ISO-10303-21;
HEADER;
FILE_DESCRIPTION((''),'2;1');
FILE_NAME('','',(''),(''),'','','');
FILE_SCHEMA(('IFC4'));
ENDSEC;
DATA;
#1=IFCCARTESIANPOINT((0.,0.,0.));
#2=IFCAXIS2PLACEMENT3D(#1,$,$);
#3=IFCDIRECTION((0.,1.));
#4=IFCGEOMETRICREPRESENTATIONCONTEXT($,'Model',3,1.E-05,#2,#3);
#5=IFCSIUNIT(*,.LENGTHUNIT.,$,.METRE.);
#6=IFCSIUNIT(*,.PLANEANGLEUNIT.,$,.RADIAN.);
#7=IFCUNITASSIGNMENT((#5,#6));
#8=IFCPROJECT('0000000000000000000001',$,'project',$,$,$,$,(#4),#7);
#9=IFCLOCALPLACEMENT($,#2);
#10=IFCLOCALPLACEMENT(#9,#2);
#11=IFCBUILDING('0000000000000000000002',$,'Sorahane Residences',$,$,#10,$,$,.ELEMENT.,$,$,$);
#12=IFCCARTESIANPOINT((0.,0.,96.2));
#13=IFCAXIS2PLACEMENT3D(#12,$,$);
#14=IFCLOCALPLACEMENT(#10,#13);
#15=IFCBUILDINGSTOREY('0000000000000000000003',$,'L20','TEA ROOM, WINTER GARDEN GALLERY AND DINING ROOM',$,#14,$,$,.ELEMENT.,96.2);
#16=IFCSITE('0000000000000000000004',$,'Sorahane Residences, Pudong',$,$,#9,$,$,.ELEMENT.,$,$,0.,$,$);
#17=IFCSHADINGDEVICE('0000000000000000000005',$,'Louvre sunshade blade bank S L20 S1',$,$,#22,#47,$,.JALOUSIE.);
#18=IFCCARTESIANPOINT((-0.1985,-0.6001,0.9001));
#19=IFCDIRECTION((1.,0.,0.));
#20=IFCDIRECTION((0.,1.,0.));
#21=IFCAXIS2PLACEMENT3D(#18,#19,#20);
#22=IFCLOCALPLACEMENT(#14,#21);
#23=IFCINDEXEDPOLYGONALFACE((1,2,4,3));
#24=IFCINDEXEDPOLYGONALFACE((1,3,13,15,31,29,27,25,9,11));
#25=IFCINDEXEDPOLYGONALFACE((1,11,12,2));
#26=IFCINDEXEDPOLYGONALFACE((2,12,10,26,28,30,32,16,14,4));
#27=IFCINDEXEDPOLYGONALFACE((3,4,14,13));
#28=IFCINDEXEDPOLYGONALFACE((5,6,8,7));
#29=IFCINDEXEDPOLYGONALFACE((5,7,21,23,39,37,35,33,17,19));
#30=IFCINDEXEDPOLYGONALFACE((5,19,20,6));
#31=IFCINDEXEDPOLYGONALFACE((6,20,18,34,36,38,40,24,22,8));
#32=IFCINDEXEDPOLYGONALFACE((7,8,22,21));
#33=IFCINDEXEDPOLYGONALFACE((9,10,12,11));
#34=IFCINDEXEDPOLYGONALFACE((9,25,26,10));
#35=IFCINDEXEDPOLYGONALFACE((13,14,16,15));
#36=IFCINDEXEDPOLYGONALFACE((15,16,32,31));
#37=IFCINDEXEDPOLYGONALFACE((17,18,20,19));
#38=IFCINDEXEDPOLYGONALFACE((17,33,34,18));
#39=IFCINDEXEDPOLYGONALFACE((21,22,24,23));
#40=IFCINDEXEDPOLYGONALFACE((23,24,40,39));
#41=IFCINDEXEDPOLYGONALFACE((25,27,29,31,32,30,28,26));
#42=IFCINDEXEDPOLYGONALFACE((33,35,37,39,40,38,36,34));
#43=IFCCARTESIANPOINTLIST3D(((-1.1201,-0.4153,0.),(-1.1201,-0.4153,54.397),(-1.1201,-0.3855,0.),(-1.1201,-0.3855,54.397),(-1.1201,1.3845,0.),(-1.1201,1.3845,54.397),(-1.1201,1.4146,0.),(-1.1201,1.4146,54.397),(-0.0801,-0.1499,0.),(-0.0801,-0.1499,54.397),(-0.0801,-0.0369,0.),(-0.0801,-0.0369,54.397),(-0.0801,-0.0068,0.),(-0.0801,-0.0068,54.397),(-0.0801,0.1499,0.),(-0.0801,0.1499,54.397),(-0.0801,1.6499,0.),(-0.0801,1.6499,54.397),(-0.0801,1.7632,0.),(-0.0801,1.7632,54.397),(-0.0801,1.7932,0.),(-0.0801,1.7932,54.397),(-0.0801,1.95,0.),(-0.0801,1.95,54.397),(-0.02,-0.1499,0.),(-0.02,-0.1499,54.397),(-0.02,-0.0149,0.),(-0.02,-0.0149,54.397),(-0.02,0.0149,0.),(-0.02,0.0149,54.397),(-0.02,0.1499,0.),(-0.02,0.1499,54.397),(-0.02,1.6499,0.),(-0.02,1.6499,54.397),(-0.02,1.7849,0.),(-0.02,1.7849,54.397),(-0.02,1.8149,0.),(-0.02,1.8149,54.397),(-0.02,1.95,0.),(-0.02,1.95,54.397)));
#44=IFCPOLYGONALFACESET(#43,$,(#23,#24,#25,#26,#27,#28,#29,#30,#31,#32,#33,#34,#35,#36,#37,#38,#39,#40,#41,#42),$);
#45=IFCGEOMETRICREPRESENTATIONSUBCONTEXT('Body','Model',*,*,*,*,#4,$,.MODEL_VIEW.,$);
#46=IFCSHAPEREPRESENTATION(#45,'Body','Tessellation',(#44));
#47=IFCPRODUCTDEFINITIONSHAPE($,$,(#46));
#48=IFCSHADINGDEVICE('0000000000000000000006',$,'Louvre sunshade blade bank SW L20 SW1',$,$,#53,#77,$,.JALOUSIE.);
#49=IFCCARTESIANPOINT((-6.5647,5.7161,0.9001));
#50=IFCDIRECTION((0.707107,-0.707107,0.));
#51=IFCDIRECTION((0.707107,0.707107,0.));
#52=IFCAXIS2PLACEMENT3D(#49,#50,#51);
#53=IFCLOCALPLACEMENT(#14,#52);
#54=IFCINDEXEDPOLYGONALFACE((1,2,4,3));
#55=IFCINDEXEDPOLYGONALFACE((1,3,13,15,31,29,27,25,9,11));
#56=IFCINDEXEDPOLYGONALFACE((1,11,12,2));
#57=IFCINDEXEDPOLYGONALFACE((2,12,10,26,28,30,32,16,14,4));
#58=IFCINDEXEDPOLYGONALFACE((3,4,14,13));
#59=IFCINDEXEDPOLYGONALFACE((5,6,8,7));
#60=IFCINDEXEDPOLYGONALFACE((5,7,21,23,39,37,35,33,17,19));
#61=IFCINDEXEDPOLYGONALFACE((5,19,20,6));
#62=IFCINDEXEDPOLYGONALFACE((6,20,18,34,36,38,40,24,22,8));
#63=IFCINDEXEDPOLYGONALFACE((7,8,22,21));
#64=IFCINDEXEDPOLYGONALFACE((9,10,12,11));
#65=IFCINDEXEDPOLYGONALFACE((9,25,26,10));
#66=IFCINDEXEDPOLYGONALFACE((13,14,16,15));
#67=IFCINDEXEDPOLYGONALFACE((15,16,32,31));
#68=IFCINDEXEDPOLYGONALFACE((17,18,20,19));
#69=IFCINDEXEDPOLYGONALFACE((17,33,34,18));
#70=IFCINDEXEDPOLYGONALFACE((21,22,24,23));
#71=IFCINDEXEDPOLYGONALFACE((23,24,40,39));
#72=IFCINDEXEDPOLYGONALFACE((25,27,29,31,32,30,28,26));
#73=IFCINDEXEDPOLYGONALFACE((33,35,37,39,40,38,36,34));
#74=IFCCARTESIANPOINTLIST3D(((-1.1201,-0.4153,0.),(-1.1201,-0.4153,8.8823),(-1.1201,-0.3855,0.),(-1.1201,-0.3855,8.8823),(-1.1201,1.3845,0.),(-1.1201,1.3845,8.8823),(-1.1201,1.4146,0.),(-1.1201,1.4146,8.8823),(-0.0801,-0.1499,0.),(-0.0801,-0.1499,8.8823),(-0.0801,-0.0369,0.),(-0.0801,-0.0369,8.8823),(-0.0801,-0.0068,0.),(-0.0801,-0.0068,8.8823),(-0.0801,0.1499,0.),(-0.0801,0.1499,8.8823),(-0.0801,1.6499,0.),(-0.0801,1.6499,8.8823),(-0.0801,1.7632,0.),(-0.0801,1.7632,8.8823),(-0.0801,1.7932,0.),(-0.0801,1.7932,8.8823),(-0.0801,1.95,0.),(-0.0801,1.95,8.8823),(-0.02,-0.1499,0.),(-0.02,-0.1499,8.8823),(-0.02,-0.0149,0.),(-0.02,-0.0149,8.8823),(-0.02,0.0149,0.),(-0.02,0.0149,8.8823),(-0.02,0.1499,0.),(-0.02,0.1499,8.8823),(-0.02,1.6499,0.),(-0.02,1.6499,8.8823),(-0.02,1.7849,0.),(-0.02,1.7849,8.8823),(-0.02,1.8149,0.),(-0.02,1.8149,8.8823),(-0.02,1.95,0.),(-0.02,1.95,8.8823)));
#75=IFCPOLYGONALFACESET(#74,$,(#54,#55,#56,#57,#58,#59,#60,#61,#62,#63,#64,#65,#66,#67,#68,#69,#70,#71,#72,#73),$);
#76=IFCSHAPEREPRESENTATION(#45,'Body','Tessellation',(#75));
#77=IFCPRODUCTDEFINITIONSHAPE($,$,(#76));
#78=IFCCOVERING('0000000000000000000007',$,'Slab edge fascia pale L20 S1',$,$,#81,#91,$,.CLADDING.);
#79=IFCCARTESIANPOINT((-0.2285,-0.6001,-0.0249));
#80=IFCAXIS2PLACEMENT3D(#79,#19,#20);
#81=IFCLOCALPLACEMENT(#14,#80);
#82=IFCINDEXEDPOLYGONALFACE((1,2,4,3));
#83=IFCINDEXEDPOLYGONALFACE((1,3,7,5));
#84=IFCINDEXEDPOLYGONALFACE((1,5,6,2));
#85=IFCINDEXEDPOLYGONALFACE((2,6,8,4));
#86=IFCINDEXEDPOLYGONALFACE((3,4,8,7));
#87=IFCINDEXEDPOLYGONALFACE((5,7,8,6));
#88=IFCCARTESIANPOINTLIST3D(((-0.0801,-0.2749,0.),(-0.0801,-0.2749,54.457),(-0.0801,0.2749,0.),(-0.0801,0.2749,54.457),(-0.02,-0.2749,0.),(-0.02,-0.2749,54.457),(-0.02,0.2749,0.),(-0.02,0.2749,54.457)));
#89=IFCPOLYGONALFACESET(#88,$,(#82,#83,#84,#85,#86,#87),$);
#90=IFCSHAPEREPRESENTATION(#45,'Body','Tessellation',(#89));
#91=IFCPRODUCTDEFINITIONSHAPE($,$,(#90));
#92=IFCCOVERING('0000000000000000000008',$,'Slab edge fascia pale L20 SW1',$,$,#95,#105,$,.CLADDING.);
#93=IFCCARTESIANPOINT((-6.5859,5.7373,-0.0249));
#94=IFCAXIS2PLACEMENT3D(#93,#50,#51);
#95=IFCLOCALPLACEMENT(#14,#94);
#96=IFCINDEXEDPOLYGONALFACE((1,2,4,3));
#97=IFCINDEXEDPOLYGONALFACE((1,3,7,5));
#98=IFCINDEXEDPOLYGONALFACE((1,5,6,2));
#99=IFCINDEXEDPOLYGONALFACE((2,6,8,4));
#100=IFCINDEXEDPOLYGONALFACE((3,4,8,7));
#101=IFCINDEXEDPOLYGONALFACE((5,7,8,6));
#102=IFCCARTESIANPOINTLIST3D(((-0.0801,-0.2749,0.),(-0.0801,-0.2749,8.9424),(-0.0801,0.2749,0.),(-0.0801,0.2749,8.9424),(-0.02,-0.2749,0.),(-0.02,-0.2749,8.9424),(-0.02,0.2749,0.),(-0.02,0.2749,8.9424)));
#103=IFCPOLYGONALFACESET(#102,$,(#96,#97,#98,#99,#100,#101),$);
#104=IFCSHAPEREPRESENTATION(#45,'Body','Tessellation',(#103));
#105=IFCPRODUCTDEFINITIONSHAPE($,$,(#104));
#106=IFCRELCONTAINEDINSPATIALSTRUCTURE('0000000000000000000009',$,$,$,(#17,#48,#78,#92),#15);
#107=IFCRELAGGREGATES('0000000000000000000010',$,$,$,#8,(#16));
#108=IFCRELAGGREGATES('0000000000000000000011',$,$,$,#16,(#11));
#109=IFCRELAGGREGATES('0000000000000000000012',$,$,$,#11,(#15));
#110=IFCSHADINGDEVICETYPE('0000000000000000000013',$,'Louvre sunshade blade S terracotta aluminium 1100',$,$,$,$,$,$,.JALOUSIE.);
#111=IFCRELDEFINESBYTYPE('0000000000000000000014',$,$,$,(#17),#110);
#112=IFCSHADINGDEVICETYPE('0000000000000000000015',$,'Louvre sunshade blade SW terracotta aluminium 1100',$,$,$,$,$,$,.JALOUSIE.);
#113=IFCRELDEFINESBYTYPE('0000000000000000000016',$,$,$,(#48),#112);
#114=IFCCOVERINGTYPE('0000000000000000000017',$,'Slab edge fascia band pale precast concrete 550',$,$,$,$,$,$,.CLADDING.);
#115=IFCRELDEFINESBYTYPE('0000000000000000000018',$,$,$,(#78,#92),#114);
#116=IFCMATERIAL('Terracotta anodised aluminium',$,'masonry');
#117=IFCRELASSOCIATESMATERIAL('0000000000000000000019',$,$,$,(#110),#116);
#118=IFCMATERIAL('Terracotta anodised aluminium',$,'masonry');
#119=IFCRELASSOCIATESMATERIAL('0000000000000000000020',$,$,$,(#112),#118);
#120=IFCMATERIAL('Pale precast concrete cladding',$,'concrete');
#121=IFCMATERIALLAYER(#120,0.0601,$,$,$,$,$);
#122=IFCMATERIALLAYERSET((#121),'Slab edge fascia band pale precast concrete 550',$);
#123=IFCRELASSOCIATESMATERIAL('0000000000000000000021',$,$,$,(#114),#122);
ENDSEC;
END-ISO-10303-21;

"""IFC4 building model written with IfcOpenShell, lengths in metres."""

from ifc_helpers import new_model, si_unit, direction, frame, origin, place, context, subcontext, project, spatial, polyline, outline, composite_profile, extrude, material, layer, layer_set, type_object, element, save


model = new_model("IFC4")

# Units and contexts
model_context = context("Model", 3, precision=1e-05, world=origin(), true_north=direction((0.0, 1.0)))
body_context = subcontext(model_context, "Body", "Model", "MODEL_VIEW")
ifc_project = project(units=[si_unit("LENGTHUNIT", "METRE"), si_unit("PLANEANGLEUNIT", "RADIAN")], contexts=[model_context])

# Site, building, storey
site_placement = place(None, origin())
site = spatial("IfcSite", under=ifc_project, at=site_placement, Name="Sorahane Residences, Pudong", CompositionType="ELEMENT", RefElevation=0.0)
building_placement = place(site_placement, origin())
building = spatial("IfcBuilding", under=site, at=building_placement, Name="Sorahane Residences", CompositionType="ELEMENT")
storey_placement = place(building_placement, frame((0.0, 0.0, 96.2)))
storey = spatial("IfcBuildingStorey", under=building, at=storey_placement, Name="L20", Description="TEA ROOM, WINTER GARDEN GALLERY AND DINING ROOM", CompositionType="ELEMENT", Elevation=96.2)

# Shading devices
ifc_material_1 = material(Name="Terracotta anodised aluminium", Category="masonry")
shading_device_type_1 = type_object("IfcShadingDeviceType", Name="Louvre sunshade blade S terracotta aluminium 1100", PredefinedType="JALOUSIE", material=ifc_material_1)
shading_device_1_placement = place(storey_placement, frame((-0.1985, -0.6001, 0.9001), z_axis=(1.0, 0.0, 0.0), x_axis=(0.0, 1.0, 0.0)))
element("IfcShadingDevice", 1, at=shading_device_1_placement, inside=storey, type_object=shading_device_type_1, Name="Louvre sunshade blade bank S L20 S1", PredefinedType="JALOUSIE", context=body_context, shape_type="SweptSolid", body=[
    extrude(composite_profile([outline(polyline([(-1.1201, -0.3855), (-1.1201, -0.4153), (-0.0801, -0.0369), (-0.0801, -0.1499), (-0.02, -0.1499), (-0.02, -0.0149), (-0.02, 0.0149), (-0.02, 0.1499), (-0.0801, 0.1499), (-0.0801, -0.0068), (-1.1201, -0.3855)])), outline(polyline([(-1.1201, 1.4146), (-1.1201, 1.3845), (-0.0801, 1.7632), (-0.0801, 1.6499), (-0.02, 1.6499), (-0.02, 1.7849), (-0.02, 1.8149), (-0.02, 1.95), (-0.0801, 1.95), (-0.0801, 1.7932), (-1.1201, 1.4146)]))]), origin(), (0.0, 0.0, 1.0), 54.397),
])
ifc_material_2 = material(Name="Terracotta anodised aluminium", Category="masonry")
shading_device_type_2 = type_object("IfcShadingDeviceType", Name="Louvre sunshade blade SW terracotta aluminium 1100", PredefinedType="JALOUSIE", material=ifc_material_2)
shading_device_2_placement = place(storey_placement, frame((-6.5647, 5.7161, 0.9001), z_axis=(0.707107, -0.707107, 0.0), x_axis=(0.707107, 0.707107, 0.0)))
element("IfcShadingDevice", 2, at=shading_device_2_placement, inside=storey, type_object=shading_device_type_2, Name="Louvre sunshade blade bank SW L20 SW1", PredefinedType="JALOUSIE", context=body_context, shape_type="SweptSolid", body=[
    extrude(composite_profile([outline(polyline([(-1.1201, -0.3855), (-1.1201, -0.4153), (-0.0801, -0.0369), (-0.0801, -0.1499), (-0.02, -0.1499), (-0.02, -0.0149), (-0.02, 0.0149), (-0.02, 0.1499), (-0.0801, 0.1499), (-0.0801, -0.0068), (-1.1201, -0.3855)])), outline(polyline([(-1.1201, 1.4146), (-1.1201, 1.3845), (-0.0801, 1.7632), (-0.0801, 1.6499), (-0.02, 1.6499), (-0.02, 1.7849), (-0.02, 1.8149), (-0.02, 1.95), (-0.0801, 1.95), (-0.0801, 1.7932), (-1.1201, 1.4146)]))]), origin(), (0.0, 0.0, 1.0), 8.8823),
])

# Coverings
ifc_material_3 = material(Name="Pale precast concrete cladding", Category="concrete")
ifc_layer_1 = layer(ifc_material_3, 0.0601)
ifc_layer_set_1 = layer_set([ifc_layer_1], Name="Slab edge fascia band pale precast concrete 550")
covering_type = type_object("IfcCoveringType", Name="Slab edge fascia band pale precast concrete 550", PredefinedType="CLADDING", material=ifc_layer_set_1)
covering_1_placement = place(storey_placement, frame((-0.2285, -0.6001, -0.0249), z_axis=(1.0, 0.0, 0.0), x_axis=(0.0, 1.0, 0.0)))
element("IfcCovering", 3, at=covering_1_placement, inside=storey, type_object=covering_type, Name="Slab edge fascia pale L20 S1", PredefinedType="CLADDING", context=body_context, shape_type="SweptSolid", body=[
    extrude(outline(polyline([(-0.02, 0.2749), (-0.0801, 0.2749), (-0.0801, -0.2749), (-0.02, -0.2749), (-0.02, 0.2749)])), origin(), (0.0, 0.0, 1.0), 54.457),
])
covering_2_placement = place(storey_placement, frame((-6.5859, 5.7373, -0.0249), z_axis=(0.707107, -0.707107, 0.0), x_axis=(0.707107, 0.707107, 0.0)))
element("IfcCovering", 4, at=covering_2_placement, inside=storey, type_object=covering_type, Name="Slab edge fascia pale L20 SW1", PredefinedType="CLADDING", context=body_context, shape_type="SweptSolid", body=[
    extrude(outline(polyline([(-0.02, 0.2749), (-0.0801, 0.2749), (-0.0801, -0.2749), (-0.02, -0.2749), (-0.02, 0.2749)])), origin(), (0.0, 0.0, 1.0), 8.9424),
])

save(model, "model.ifc")
